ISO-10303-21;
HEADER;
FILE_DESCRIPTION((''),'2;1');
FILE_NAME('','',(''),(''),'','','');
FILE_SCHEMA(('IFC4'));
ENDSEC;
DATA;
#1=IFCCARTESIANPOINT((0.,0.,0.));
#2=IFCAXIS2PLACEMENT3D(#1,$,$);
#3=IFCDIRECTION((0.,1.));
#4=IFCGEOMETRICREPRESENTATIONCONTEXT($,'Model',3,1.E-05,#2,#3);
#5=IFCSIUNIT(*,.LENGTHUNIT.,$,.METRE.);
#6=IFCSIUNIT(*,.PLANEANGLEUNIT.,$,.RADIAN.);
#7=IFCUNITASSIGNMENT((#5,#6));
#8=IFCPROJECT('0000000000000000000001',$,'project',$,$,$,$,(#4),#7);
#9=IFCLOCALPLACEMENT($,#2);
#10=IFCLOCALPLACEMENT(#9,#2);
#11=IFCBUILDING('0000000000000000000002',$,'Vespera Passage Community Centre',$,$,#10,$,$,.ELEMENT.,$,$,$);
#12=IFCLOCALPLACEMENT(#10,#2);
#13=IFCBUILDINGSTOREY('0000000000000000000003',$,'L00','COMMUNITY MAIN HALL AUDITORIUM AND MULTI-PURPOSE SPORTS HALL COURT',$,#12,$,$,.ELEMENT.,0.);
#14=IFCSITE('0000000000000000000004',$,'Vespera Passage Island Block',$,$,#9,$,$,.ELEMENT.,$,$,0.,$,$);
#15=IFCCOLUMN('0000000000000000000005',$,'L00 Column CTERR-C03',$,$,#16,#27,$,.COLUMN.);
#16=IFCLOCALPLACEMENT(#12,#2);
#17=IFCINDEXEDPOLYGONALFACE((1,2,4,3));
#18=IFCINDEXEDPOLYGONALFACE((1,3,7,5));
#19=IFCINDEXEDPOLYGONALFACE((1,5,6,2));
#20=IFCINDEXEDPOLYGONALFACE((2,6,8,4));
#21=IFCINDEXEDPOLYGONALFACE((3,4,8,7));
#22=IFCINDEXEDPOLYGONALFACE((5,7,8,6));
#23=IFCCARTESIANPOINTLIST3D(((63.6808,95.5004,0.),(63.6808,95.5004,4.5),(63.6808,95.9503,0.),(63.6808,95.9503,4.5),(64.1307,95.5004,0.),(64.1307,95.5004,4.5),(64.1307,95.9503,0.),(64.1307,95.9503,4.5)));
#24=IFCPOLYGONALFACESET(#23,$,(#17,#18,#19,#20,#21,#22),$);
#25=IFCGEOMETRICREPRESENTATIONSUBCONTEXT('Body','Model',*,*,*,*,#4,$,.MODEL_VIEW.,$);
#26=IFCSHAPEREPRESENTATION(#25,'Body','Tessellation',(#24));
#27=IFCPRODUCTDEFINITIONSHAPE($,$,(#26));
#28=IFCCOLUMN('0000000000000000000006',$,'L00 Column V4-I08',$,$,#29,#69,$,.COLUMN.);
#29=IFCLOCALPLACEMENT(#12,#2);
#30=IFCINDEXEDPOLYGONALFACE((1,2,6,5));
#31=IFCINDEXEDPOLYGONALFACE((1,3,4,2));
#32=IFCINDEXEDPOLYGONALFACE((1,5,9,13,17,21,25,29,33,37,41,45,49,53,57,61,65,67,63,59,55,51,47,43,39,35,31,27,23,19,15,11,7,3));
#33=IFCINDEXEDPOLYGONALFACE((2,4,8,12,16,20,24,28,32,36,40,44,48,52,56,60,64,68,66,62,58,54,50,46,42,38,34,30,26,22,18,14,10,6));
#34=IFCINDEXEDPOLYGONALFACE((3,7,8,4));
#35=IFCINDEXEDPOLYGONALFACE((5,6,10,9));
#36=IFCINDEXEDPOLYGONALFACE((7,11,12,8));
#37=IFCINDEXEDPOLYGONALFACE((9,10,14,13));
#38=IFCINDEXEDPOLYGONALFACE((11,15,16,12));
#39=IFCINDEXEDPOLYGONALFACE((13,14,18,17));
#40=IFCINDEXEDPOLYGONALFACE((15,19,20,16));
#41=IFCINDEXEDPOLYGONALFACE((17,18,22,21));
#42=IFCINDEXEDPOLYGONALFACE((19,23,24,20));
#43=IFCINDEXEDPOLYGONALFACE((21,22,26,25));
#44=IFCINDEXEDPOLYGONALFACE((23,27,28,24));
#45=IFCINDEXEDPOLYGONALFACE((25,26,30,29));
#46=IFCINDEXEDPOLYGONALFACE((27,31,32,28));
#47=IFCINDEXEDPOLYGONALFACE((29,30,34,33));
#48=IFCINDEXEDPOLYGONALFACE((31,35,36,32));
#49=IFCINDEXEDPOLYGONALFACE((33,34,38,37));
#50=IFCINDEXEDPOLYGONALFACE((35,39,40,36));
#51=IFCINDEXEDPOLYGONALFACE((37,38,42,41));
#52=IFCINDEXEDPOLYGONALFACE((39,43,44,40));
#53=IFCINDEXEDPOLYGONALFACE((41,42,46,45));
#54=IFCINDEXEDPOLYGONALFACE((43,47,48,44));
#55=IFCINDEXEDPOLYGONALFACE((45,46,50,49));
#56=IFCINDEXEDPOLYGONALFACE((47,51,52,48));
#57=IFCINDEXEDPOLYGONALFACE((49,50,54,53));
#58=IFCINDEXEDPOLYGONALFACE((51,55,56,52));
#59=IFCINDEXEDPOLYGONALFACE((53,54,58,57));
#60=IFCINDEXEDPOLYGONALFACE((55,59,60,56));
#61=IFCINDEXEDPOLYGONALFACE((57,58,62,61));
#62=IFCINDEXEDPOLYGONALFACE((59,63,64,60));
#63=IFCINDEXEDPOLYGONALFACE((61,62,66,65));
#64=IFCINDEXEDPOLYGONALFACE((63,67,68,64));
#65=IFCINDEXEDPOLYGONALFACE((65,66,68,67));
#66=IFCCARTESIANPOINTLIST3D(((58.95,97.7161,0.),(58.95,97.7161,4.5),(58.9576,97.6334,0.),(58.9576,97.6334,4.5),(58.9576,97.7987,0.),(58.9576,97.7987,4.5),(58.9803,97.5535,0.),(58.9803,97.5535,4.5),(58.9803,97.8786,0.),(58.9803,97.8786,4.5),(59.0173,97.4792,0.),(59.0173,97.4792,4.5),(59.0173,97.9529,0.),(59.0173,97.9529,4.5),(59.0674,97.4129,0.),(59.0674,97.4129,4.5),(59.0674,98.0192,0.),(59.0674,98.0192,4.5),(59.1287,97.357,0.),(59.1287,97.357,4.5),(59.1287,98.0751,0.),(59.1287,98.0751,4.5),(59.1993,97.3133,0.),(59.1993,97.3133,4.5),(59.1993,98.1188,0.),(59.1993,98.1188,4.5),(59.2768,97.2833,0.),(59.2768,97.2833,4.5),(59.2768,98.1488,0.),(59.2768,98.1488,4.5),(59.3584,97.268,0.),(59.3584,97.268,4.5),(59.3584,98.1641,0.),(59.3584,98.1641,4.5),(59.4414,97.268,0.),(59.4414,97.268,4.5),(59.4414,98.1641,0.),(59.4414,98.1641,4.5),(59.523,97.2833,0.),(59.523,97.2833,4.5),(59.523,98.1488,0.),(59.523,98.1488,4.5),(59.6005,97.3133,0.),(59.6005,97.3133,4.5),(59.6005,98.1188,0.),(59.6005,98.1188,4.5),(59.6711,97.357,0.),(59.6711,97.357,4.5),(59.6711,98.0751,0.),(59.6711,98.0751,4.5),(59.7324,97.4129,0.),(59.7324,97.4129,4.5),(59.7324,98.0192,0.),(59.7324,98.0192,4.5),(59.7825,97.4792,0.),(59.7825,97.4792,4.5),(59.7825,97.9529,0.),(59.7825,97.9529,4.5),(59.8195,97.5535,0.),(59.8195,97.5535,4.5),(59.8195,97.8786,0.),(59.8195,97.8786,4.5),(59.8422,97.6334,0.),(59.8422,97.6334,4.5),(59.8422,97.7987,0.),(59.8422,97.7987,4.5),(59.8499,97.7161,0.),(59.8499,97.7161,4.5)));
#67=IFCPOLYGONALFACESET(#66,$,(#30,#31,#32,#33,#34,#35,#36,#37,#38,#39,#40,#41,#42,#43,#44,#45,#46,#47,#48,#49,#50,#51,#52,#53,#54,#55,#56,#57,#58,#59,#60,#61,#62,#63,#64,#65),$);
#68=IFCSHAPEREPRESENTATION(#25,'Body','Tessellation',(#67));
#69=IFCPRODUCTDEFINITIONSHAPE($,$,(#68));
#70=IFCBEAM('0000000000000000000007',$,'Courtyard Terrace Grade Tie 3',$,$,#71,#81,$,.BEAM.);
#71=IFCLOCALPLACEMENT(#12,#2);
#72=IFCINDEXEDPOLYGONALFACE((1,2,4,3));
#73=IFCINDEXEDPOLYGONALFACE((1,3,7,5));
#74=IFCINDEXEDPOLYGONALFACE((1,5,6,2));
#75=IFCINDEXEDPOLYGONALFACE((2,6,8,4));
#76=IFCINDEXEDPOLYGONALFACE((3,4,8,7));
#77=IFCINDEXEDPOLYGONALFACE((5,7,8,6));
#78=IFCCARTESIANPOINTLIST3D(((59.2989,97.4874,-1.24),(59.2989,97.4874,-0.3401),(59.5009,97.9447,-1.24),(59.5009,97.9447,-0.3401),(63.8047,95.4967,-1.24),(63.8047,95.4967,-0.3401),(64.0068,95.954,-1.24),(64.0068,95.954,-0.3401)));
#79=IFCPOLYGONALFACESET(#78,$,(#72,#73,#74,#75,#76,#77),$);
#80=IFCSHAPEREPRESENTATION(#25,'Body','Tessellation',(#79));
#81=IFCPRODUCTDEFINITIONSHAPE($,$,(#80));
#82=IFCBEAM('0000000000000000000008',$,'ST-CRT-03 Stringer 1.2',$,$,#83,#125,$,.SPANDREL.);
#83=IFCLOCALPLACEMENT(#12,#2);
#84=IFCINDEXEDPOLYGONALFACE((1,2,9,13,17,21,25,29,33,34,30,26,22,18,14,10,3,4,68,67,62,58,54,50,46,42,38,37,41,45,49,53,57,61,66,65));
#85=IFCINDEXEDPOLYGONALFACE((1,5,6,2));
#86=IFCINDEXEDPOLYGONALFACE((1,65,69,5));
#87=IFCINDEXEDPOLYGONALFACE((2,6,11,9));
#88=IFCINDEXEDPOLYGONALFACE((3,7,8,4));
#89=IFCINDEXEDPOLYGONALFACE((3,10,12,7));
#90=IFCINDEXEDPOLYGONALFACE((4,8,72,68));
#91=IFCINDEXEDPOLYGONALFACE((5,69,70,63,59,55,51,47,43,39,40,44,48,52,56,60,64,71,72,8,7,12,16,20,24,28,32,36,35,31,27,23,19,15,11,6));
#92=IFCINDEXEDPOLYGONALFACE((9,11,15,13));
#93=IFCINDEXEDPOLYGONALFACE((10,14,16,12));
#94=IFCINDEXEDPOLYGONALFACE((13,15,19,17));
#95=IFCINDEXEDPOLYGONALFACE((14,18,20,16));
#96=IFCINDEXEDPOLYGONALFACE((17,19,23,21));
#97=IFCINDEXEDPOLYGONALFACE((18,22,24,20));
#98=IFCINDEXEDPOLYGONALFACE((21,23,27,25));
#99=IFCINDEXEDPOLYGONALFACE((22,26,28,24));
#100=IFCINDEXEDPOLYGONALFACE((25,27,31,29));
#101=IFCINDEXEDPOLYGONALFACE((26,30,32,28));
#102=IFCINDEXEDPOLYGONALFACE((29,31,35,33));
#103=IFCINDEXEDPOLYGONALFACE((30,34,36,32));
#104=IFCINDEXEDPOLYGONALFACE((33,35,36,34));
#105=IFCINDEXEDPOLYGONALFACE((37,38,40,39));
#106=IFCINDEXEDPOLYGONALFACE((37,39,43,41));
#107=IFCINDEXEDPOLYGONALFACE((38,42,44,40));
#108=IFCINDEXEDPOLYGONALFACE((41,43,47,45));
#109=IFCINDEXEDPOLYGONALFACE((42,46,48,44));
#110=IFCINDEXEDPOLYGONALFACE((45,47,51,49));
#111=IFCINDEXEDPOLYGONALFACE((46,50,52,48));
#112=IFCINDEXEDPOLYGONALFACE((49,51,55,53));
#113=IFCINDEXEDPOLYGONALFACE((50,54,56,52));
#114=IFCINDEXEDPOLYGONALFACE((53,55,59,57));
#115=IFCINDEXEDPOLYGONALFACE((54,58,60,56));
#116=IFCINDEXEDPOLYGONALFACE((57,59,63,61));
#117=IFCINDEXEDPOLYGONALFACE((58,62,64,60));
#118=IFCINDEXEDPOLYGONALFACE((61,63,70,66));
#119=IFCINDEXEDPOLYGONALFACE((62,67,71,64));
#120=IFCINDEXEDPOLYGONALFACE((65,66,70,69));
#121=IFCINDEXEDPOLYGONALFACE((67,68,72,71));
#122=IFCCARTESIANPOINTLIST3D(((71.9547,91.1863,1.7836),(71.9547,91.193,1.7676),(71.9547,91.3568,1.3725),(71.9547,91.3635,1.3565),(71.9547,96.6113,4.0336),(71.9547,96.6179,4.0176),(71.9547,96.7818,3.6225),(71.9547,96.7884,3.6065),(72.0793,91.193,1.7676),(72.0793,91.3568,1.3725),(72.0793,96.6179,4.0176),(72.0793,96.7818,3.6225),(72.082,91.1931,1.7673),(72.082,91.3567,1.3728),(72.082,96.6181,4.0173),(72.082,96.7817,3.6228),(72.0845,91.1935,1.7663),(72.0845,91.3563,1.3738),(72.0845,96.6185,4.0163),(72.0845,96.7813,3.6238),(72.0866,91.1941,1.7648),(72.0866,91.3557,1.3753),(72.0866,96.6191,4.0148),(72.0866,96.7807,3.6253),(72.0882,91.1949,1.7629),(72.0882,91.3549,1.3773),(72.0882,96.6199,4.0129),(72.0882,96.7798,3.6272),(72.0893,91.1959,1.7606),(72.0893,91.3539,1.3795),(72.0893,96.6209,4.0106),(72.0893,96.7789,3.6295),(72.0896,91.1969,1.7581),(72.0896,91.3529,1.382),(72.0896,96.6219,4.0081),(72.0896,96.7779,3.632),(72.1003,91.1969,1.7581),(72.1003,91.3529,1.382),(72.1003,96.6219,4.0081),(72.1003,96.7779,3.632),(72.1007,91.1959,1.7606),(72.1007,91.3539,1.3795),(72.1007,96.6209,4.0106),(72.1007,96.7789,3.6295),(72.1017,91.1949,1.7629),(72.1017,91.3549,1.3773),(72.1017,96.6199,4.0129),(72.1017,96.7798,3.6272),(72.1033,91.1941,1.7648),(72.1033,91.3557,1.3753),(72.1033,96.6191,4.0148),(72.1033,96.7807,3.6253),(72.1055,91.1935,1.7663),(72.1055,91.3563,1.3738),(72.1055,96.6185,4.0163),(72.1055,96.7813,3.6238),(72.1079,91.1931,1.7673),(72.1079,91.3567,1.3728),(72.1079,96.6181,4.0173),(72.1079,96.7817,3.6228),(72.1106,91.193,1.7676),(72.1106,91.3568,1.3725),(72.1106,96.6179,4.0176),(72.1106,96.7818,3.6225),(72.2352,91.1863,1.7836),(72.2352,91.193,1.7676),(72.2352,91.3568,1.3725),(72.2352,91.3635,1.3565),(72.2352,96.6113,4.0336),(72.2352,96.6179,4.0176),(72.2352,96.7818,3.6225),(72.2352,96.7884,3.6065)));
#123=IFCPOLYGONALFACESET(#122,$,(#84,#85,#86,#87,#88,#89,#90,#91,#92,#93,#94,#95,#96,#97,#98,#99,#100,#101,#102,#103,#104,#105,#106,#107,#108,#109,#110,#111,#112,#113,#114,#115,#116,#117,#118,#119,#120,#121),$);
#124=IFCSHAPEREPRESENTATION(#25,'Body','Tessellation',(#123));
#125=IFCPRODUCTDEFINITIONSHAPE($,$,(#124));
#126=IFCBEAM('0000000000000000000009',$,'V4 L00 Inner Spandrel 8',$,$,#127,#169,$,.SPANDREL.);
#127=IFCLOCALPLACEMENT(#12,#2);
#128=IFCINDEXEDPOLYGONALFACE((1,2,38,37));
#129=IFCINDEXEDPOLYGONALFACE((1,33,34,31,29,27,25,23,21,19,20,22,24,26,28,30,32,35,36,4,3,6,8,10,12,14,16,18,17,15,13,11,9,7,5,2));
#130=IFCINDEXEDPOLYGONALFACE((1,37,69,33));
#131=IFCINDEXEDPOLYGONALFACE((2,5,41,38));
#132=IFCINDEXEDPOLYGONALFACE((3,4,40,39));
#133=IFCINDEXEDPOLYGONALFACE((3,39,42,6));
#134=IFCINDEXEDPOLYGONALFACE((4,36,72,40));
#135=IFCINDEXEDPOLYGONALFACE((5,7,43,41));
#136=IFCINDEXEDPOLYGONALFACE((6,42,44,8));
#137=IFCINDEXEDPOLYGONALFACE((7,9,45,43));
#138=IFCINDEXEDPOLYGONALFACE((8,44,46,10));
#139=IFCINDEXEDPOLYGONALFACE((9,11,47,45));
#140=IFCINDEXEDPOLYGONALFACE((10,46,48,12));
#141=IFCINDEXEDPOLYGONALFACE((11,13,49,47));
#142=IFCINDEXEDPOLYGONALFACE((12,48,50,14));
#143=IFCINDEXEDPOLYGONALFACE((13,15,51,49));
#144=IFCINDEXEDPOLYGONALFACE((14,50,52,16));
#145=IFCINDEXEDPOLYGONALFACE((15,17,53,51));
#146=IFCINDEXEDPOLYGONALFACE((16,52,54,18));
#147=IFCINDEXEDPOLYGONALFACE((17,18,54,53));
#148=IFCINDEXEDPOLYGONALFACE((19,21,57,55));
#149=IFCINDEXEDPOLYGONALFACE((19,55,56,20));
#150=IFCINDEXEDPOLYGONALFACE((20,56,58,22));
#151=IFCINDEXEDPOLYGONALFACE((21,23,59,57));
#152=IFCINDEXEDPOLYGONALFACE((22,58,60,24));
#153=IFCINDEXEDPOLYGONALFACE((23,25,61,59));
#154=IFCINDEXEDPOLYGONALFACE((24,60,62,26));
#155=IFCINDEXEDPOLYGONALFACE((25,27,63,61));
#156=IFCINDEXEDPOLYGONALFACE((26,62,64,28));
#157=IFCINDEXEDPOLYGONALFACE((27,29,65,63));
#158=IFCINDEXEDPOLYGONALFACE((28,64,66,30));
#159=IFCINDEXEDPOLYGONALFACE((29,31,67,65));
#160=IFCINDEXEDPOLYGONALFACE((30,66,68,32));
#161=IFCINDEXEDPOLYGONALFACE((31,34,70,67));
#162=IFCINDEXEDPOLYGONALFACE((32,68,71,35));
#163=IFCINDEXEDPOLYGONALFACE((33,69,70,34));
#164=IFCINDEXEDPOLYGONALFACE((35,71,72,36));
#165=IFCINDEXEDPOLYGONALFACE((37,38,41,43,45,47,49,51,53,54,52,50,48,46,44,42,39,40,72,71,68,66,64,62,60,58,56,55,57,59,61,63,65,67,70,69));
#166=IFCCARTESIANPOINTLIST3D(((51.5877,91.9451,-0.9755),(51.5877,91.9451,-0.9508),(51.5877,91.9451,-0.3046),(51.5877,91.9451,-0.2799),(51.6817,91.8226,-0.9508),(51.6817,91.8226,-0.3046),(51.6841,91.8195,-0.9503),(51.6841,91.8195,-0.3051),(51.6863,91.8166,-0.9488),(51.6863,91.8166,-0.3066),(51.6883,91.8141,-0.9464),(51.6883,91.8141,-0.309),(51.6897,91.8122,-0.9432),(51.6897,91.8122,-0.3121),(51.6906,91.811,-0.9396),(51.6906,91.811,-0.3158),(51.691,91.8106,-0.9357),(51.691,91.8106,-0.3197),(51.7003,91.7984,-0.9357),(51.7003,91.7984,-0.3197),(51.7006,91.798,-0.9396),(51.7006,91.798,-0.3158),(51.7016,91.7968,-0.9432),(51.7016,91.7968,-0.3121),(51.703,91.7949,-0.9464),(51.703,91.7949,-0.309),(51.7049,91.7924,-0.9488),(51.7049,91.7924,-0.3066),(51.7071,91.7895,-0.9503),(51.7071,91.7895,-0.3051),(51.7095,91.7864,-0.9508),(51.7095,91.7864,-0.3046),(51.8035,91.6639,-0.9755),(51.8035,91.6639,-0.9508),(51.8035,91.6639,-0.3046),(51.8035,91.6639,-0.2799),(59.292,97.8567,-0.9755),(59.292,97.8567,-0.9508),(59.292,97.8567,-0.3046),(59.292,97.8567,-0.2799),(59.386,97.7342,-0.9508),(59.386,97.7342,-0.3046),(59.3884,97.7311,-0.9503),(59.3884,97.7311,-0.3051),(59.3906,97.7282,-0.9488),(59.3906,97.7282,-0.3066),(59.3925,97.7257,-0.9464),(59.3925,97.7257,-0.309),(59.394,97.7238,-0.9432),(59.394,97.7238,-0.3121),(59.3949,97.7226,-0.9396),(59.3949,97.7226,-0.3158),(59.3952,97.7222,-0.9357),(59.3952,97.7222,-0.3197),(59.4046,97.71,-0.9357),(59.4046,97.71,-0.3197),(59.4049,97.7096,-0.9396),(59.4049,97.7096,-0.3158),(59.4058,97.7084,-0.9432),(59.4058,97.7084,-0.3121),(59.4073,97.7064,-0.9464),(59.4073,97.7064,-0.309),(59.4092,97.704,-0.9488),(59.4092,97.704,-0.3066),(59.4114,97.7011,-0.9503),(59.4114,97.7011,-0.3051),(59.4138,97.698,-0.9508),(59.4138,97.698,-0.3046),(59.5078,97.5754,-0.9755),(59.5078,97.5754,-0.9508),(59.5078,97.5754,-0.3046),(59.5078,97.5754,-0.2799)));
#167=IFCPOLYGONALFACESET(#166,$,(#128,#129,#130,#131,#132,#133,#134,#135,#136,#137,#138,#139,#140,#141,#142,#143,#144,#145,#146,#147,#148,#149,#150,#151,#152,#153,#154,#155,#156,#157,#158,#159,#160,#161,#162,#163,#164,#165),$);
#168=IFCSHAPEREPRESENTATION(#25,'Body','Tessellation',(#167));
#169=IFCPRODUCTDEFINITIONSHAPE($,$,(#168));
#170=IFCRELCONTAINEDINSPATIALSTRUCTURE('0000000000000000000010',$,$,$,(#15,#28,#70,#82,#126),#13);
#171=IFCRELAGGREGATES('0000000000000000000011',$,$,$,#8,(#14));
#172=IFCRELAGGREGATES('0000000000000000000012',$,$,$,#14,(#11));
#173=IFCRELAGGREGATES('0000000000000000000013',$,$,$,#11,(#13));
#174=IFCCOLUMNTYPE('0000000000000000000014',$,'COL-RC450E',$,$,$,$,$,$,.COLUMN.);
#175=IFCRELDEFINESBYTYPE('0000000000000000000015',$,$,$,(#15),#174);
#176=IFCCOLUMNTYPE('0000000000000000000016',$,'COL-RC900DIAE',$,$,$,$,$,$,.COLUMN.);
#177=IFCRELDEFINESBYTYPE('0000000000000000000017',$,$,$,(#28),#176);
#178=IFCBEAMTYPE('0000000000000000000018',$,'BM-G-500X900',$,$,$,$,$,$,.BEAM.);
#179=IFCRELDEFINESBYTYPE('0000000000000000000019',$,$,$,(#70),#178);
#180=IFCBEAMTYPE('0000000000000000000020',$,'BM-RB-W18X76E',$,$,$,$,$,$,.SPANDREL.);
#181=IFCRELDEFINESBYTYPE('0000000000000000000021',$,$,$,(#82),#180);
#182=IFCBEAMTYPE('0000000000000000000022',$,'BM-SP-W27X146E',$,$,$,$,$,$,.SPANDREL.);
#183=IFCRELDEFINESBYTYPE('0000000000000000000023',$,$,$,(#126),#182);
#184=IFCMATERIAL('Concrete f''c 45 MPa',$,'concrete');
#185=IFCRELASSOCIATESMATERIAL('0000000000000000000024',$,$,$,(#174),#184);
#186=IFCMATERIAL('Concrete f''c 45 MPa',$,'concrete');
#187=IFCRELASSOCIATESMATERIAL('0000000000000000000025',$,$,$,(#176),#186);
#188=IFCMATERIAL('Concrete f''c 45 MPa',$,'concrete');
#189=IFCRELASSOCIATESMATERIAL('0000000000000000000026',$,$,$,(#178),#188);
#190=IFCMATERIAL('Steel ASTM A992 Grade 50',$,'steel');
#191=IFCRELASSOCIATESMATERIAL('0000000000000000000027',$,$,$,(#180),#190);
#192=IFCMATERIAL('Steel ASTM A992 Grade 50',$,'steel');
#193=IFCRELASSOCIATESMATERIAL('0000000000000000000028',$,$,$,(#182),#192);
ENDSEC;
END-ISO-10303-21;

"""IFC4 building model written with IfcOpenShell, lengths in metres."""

from ifc_helpers import new_model, si_unit, direction, frame, origin, origin_2d, place, context, subcontext, project, spatial, rectangle, circle, i_section, extrude, material, material_profile, profile_set, type_object, element, save


model = new_model("IFC4")

# Units and contexts
model_context = context("Model", 3, precision=1e-05, world=origin(), true_north=direction((0.0, 1.0)))
body_context = subcontext(model_context, "Body", "Model", "MODEL_VIEW")
ifc_project = project(units=[si_unit("LENGTHUNIT", "METRE"), si_unit("PLANEANGLEUNIT", "RADIAN")], contexts=[model_context])

# Site, building, storey
site_placement = place(None, origin())
site = spatial("IfcSite", under=ifc_project, at=site_placement, Name="Vespera Passage Island Block", CompositionType="ELEMENT", RefElevation=0.0)
building_placement = place(site_placement, origin())
building = spatial("IfcBuilding", under=site, at=building_placement, Name="Vespera Passage Community Centre", CompositionType="ELEMENT")
storey_placement = place(building_placement, origin())
storey = spatial("IfcBuildingStorey", under=building, at=storey_placement, Name="L00", Description="COMMUNITY MAIN HALL AUDITORIUM AND MULTI-PURPOSE SPORTS HALL COURT", CompositionType="ELEMENT", Elevation=0.0)

# Columns
ifc_material_1 = material(Name="Concrete f'c 45 MPa", Category="concrete")
ifc_material_profile_1 = material_profile(ifc_material_1, rectangle(XDim=0.45, YDim=0.45, at=origin_2d()), Name="RC450X450")
ifc_profile_set_1 = profile_set([ifc_material_profile_1], Name="Concrete f'c 45 MPa")
column_type_1 = type_object("IfcColumnType", Name="COL-RC450E", PredefinedType="COLUMN", material=ifc_profile_set_1)
column_1_placement = place(storey_placement, frame((63.9058, 95.7253, 0.0), z_axis=(0.0, 0.0, 1.0), x_axis=(1.0, 0.0, 0.0)))
element("IfcColumn", 1, at=column_1_placement, inside=storey, type_object=column_type_1, Name="L00 Column CTERR-C03", PredefinedType="COLUMN", context=body_context, shape_type="SweptSolid", body=[
    extrude(rectangle(XDim=0.45, YDim=0.45, at=origin_2d()), origin(), (0.0, 0.0, 1.0), 4.5),
])
ifc_material_2 = material(Name="Concrete f'c 45 MPa", Category="concrete")
ifc_material_profile_2 = material_profile(ifc_material_2, circle(Radius=0.45, at=origin_2d()), Name="RC900DIA")
ifc_profile_set_2 = profile_set([ifc_material_profile_2], Name="Concrete f'c 45 MPa")
column_type_2 = type_object("IfcColumnType", Name="COL-RC900DIAE", PredefinedType="COLUMN", material=ifc_profile_set_2)
column_2_placement = place(storey_placement, frame((59.3999, 97.7161, 0.0), z_axis=(0.0, 0.0, 1.0), x_axis=(1.0, 0.0, 0.0)))
element("IfcColumn", 2, at=column_2_placement, inside=storey, type_object=column_type_2, Name="L00 Column V4-I08", PredefinedType="COLUMN", context=body_context, shape_type="SweptSolid", body=[
    extrude(circle(Radius=0.45, at=origin_2d()), origin(), (0.0, 0.0, 1.0), 4.5),
])

# Beams
ifc_material_3 = material(Name="Concrete f'c 45 MPa", Category="concrete")
ifc_material_profile_3 = material_profile(ifc_material_3, rectangle(XDim=0.5, YDim=0.8999, at=origin_2d()), Name="RC500X900")
ifc_profile_set_3 = profile_set([ifc_material_profile_3], Name="Concrete f'c 45 MPa")
beam_type_1 = type_object("IfcBeamType", Name="BM-G-500X900", PredefinedType="BEAM", material=ifc_profile_set_3)
beam_1_placement = place(storey_placement, frame((63.9058, 95.7253, -0.79), z_axis=(-0.914704, 0.404123, 0.0), x_axis=(-0.404123, -0.914704, 0.0)))
element("IfcBeam", 3, at=beam_1_placement, inside=storey, type_object=beam_type_1, Name="Courtyard Terrace Grade Tie 3", PredefinedType="BEAM", context=body_context, shape_type="SweptSolid", body=[
    extrude(rectangle(XDim=0.5, YDim=0.8999, at=origin_2d()), origin(), (0.0, 0.0, 1.0), 4.926),
])
ifc_material_4 = material(Name="Steel ASTM A992 Grade 50", Category="steel")
ifc_material_profile_4 = material_profile(ifc_material_4, i_section(OverallWidth=0.2805, OverallDepth=0.4624, WebThickness=0.0107, FlangeThickness=0.0173, FilletRadius=0.0103, at=origin_2d()), Name="W18X76")
ifc_profile_set_4 = profile_set([ifc_material_profile_4], Name="Steel ASTM A992 Grade 50")
beam_type_2 = type_object("IfcBeamType", Name="BM-RB-W18X76E", PredefinedType="SPANDREL", material=ifc_profile_set_4)
beam_2_placement = place(storey_placement, frame((72.095, 91.2749, 1.5701), z_axis=(0.0, 0.923707, 0.383101), x_axis=(-1.0, 0.0, 0.0)))
element("IfcBeam", 4, at=beam_2_placement, inside=storey, type_object=beam_type_2, Name="ST-CRT-03 Stringer 1.2", PredefinedType="SPANDREL", context=body_context, shape_type="SweptSolid", body=[
    extrude(i_section(OverallWidth=0.2805, OverallDepth=0.4624, WebThickness=0.0107, FlangeThickness=0.0173, FilletRadius=0.0103, at=origin_2d()), origin(), (0.0, 0.0, 1.0), 5.873),
])
ifc_material_5 = material(Name="Steel ASTM A992 Grade 50", Category="steel")
ifc_material_profile_5 = material_profile(ifc_material_5, i_section(OverallWidth=0.3545, OverallDepth=0.6956, WebThickness=0.0154, FlangeThickness=0.0247, FilletRadius=0.0151, at=origin_2d()), Name="W27X146")
ifc_profile_set_5 = profile_set([ifc_material_profile_5], Name="Steel ASTM A992 Grade 50")
beam_type_3 = type_object("IfcBeamType", Name="BM-SP-W27X146E", PredefinedType="SPANDREL", material=ifc_profile_set_5)
beam_3_placement = place(storey_placement, frame((59.3999, 97.7161, -0.6277), z_axis=(-0.79336, -0.608753, 0.0), x_axis=(0.608753, -0.79336, 0.0)))
element("IfcBeam", 5, at=beam_3_placement, inside=storey, type_object=beam_type_3, Name="V4 L00 Inner Spandrel 8", PredefinedType="SPANDREL", context=body_context, shape_type="SweptSolid", body=[
    extrude(i_section(OverallWidth=0.3545, OverallDepth=0.6956, WebThickness=0.0154, FlangeThickness=0.0247, FilletRadius=0.0151, at=origin_2d()), origin(), (0.0, 0.0, 1.0), 9.7109),
])

save(model, "model.ifc")
